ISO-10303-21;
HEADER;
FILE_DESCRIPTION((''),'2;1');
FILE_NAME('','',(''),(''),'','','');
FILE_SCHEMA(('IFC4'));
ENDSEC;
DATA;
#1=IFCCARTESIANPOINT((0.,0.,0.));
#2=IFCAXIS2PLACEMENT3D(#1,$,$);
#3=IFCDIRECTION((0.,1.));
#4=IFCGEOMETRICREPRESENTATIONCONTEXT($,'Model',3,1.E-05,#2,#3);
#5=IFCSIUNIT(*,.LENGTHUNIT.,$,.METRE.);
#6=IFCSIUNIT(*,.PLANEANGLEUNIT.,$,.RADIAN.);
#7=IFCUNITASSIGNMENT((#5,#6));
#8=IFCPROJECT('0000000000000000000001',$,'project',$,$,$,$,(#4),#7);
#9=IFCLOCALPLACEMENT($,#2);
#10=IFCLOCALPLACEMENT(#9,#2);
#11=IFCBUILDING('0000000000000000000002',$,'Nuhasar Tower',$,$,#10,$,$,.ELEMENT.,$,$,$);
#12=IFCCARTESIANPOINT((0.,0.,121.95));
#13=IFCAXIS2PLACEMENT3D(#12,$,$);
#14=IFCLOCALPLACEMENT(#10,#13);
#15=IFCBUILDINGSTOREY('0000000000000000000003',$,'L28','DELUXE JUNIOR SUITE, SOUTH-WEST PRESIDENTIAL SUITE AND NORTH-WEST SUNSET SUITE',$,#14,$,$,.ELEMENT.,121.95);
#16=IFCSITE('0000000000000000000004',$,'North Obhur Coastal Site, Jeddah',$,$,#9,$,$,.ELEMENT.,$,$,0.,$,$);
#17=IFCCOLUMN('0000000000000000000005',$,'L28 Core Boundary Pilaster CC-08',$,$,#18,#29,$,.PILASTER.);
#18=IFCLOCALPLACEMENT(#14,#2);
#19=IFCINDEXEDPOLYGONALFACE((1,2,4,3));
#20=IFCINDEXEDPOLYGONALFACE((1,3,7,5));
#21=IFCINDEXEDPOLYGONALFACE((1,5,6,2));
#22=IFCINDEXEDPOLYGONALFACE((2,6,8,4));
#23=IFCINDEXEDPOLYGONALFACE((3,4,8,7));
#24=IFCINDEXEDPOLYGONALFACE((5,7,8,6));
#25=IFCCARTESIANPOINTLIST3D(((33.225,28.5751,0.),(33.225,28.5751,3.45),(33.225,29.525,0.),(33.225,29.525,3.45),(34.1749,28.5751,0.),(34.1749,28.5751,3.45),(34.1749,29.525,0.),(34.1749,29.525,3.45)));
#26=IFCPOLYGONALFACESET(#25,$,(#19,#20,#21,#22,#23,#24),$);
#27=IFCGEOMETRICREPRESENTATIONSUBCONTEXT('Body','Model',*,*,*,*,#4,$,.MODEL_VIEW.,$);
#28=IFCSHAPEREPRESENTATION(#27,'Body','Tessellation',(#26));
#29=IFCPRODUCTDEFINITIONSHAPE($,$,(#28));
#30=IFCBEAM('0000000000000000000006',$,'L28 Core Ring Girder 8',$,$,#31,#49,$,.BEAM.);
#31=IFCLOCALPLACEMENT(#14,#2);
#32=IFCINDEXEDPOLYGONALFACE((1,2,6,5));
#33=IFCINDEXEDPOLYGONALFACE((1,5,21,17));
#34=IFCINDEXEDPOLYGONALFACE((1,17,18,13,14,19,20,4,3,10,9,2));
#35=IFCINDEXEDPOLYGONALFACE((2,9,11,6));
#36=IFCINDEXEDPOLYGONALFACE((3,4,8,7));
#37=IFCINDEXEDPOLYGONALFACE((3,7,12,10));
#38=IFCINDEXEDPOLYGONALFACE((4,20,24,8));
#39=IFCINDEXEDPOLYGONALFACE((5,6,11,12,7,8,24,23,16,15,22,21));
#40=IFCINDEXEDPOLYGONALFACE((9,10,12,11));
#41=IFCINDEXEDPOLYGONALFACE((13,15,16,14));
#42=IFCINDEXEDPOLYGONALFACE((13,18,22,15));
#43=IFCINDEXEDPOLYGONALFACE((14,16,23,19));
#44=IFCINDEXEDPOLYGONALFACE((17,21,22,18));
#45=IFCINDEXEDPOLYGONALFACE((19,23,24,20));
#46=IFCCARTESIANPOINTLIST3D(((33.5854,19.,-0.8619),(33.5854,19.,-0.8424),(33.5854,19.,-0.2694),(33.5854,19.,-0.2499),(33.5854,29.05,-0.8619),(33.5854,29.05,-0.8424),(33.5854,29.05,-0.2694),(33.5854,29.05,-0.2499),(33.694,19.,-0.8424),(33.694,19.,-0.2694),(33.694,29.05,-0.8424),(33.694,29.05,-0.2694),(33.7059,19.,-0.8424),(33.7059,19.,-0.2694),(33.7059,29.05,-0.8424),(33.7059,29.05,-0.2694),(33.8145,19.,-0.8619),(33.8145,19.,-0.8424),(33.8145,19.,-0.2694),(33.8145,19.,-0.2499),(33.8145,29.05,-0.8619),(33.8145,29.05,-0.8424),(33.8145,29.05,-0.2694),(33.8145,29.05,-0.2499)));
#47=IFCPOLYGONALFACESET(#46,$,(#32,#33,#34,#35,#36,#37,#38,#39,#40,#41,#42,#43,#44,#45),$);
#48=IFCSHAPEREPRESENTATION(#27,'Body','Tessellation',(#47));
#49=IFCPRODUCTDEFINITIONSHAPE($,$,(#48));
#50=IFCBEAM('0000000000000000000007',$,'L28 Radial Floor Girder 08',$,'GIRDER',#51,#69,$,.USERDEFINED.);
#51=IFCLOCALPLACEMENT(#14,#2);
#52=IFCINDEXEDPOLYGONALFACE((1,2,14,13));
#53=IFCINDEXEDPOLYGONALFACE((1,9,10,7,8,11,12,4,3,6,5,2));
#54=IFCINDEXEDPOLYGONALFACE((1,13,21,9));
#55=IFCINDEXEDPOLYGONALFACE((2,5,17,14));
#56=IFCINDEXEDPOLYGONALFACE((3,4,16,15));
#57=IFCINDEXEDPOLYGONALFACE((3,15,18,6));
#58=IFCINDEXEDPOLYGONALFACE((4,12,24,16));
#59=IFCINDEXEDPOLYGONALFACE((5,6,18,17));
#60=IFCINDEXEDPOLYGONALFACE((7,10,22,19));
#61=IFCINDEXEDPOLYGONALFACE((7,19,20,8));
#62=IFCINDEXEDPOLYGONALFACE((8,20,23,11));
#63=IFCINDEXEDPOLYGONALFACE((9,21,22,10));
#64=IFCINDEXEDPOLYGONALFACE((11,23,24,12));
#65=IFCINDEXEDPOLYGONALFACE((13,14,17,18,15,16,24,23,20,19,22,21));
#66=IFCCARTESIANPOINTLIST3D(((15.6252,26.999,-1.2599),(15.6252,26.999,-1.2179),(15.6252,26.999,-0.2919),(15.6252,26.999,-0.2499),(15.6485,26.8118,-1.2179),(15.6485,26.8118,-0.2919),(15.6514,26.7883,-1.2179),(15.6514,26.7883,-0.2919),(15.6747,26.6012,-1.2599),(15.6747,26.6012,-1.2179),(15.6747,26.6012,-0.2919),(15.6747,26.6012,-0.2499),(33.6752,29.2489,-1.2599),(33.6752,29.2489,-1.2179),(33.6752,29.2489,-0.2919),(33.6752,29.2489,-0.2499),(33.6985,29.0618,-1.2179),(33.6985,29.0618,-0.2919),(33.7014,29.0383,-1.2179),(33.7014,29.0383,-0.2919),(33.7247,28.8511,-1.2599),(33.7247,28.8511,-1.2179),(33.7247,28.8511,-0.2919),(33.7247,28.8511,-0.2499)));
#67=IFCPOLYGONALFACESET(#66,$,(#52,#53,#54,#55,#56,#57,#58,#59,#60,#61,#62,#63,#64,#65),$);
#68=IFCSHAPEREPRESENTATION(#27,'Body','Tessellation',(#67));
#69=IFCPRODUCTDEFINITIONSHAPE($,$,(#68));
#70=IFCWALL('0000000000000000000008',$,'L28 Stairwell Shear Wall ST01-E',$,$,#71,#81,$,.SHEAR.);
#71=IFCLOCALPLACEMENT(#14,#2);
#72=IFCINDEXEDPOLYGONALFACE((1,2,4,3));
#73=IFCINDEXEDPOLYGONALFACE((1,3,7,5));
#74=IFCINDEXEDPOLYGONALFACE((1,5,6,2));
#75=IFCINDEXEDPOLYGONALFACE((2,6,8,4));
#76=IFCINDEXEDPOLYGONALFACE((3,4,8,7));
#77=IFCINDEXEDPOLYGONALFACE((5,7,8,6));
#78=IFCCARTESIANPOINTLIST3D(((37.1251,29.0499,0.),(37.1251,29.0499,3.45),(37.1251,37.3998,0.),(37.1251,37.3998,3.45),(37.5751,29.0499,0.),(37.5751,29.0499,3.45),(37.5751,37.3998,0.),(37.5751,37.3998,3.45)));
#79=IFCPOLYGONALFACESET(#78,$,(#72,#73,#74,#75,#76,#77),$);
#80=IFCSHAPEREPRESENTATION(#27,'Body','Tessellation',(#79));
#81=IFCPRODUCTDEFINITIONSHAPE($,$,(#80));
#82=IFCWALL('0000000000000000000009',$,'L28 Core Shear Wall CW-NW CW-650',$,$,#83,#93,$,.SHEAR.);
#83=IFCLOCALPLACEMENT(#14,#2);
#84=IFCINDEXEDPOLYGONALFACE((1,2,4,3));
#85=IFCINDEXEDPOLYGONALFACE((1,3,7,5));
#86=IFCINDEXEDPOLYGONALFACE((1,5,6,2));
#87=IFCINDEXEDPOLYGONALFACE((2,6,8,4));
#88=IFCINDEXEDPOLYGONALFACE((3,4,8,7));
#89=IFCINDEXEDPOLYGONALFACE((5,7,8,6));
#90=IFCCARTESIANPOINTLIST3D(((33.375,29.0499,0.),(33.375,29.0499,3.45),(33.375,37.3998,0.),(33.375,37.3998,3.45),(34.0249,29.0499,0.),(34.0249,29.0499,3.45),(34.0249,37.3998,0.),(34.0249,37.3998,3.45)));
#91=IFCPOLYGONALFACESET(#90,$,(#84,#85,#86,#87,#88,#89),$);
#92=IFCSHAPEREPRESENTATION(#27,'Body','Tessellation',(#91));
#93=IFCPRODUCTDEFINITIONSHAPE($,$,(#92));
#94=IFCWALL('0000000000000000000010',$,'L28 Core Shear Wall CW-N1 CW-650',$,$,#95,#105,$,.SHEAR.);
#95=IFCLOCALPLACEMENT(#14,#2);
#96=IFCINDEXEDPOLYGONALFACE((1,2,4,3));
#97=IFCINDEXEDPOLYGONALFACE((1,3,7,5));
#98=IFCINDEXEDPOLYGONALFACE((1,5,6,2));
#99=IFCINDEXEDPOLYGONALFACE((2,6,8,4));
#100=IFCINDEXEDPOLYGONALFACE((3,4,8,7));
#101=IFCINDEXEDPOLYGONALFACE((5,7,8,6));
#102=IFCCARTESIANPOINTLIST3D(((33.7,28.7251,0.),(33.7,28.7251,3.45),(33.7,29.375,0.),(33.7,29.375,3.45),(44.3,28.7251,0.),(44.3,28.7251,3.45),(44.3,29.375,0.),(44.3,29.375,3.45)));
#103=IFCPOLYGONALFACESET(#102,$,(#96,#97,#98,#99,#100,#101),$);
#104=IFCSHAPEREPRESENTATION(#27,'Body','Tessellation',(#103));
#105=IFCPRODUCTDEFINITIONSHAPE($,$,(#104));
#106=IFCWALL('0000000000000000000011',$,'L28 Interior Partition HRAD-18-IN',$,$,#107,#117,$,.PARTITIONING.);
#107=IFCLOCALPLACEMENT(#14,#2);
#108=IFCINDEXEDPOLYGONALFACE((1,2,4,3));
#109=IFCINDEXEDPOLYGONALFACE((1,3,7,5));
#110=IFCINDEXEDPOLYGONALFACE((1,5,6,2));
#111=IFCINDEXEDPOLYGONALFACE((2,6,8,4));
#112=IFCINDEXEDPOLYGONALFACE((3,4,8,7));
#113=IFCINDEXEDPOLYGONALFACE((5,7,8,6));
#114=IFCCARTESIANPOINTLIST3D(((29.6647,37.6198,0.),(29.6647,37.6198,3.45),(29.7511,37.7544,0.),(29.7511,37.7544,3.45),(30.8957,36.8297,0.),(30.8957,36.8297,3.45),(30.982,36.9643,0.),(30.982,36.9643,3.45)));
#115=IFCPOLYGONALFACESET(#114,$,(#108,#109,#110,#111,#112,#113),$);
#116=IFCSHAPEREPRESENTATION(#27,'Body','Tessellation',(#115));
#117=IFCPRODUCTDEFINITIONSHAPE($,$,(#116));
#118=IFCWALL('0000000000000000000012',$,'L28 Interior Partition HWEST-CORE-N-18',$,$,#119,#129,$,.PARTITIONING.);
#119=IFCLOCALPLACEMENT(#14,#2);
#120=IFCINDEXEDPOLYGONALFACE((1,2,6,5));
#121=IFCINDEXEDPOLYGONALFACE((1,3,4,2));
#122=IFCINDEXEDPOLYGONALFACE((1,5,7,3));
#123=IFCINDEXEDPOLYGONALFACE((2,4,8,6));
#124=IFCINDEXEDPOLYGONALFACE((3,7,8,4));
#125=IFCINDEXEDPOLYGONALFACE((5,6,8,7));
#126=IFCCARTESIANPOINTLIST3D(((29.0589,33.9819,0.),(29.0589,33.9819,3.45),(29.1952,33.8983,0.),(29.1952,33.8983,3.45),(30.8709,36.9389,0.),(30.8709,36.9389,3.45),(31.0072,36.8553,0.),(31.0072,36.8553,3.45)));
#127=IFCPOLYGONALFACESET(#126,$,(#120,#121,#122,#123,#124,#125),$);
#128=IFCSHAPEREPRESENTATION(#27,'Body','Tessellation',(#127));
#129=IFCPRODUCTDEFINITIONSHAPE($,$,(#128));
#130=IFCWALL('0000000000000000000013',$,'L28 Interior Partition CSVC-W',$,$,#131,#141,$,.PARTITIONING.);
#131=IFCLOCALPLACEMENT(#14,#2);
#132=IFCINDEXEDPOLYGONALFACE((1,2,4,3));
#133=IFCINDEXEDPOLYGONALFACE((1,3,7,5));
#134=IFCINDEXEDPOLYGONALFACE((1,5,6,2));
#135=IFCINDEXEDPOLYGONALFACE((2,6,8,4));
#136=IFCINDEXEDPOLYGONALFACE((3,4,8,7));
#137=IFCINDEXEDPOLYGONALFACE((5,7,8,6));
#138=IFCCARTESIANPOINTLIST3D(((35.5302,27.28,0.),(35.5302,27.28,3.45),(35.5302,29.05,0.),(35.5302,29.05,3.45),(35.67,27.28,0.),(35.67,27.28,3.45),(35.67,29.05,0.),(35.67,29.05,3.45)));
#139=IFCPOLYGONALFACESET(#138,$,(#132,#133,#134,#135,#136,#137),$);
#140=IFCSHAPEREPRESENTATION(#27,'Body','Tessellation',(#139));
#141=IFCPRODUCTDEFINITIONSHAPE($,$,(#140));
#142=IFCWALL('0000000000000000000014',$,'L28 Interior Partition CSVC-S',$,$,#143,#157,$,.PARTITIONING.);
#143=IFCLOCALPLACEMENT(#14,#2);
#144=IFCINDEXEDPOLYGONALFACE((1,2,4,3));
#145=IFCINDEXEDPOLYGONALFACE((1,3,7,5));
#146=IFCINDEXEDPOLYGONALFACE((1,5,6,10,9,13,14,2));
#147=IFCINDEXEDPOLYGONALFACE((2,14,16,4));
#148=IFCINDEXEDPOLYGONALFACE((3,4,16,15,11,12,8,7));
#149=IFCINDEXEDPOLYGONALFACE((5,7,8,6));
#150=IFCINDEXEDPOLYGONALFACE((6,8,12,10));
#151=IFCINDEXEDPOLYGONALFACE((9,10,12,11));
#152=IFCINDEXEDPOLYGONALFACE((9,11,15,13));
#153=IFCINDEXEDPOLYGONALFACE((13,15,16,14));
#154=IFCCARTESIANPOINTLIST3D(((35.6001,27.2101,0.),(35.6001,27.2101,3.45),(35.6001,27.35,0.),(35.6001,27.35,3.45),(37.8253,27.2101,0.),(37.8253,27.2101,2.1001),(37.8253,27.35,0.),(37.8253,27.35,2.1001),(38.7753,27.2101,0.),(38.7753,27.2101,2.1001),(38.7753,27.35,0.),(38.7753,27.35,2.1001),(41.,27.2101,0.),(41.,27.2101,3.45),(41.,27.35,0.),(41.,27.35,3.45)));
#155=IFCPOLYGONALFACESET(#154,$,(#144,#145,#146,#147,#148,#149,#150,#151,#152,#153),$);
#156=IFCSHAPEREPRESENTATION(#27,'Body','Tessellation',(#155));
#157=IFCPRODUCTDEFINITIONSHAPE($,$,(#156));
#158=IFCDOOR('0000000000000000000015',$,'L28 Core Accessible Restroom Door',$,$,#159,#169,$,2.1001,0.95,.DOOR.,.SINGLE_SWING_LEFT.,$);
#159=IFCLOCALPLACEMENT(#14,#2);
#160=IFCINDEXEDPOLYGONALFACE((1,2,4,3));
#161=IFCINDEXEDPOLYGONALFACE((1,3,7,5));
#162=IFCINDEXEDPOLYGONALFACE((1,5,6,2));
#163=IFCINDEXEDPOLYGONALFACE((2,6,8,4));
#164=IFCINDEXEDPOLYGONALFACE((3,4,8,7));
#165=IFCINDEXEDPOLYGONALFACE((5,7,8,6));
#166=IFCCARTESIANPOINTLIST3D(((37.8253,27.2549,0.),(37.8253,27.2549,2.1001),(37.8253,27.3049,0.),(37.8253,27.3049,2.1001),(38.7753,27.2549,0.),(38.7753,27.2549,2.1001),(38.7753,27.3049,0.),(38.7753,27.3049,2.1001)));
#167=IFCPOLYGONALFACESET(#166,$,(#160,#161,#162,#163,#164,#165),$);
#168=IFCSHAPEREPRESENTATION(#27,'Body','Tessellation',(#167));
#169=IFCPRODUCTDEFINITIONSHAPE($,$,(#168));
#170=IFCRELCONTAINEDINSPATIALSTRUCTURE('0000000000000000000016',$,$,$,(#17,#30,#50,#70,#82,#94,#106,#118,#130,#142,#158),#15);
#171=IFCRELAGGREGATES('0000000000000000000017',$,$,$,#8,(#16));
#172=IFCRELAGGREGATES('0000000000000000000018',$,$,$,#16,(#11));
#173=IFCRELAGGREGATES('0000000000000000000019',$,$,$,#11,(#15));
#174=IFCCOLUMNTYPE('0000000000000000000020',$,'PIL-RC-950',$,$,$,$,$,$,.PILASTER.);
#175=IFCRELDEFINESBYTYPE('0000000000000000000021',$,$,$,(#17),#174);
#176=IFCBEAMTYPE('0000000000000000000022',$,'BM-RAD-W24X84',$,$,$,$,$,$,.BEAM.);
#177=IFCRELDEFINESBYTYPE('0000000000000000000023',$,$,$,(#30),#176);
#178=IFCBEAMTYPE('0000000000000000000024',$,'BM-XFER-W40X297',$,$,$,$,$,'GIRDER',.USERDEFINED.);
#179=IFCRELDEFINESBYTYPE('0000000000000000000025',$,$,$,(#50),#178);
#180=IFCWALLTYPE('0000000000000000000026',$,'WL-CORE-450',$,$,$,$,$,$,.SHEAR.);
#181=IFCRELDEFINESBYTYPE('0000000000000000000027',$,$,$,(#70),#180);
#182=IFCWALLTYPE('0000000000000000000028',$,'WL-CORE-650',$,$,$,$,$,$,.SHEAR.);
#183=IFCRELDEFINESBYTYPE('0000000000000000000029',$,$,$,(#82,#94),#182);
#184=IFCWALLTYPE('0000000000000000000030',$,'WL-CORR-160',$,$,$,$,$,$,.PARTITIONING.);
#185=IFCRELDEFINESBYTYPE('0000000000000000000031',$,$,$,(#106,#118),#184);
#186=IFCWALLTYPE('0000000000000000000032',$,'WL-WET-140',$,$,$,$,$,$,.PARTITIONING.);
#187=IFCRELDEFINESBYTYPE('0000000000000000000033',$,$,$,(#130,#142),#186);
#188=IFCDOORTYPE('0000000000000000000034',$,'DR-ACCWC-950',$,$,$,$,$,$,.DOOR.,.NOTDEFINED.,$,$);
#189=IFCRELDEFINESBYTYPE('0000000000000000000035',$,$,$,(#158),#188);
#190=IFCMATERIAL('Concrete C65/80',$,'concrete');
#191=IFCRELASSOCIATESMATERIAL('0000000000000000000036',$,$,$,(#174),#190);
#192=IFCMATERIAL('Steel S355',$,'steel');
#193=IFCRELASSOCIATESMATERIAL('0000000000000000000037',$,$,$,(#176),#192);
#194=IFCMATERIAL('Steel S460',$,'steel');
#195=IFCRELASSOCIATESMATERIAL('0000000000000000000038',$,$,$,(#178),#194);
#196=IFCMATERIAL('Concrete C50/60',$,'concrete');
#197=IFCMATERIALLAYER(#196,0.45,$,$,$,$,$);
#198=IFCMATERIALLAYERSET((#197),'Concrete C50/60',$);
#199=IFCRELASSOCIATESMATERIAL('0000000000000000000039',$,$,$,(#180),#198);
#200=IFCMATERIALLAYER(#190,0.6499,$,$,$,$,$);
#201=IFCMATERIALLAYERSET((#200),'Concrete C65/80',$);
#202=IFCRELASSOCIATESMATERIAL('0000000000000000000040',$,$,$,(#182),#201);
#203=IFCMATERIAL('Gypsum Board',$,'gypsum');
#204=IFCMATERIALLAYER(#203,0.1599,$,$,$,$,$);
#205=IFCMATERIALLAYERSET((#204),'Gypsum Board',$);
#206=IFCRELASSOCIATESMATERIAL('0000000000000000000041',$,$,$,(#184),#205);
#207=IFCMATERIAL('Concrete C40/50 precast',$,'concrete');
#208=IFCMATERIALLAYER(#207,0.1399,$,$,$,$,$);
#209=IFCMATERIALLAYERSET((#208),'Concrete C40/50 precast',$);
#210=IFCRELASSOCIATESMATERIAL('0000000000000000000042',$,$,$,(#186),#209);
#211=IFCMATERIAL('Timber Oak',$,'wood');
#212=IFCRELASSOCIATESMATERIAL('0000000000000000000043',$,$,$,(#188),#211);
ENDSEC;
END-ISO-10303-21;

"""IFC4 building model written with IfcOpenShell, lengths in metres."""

from ifc_helpers import new_model, si_unit, direction, frame, frame_2d, origin, origin_2d, place, context, subcontext, project, spatial, rectangle, i_section, extrude, material, layer, layer_set, material_profile, profile_set, type_object, element, fill, save


model = new_model("IFC4")

# Units and contexts
model_context = context("Model", 3, precision=1e-05, world=origin(), true_north=direction((0.0, 1.0)))
body_context = subcontext(model_context, "Body", "Model", "MODEL_VIEW")
ifc_project = project(units=[si_unit("LENGTHUNIT", "METRE"), si_unit("PLANEANGLEUNIT", "RADIAN")], contexts=[model_context])

# Site, building, storey
site_placement = place(None, origin())
site = spatial("IfcSite", under=ifc_project, at=site_placement, Name="North Obhur Coastal Site, Jeddah", CompositionType="ELEMENT", RefElevation=0.0)
building_placement = place(site_placement, origin())
building = spatial("IfcBuilding", under=site, at=building_placement, Name="Nuhasar Tower", CompositionType="ELEMENT")
storey_placement = place(building_placement, frame((0.0, 0.0, 121.95)))
storey = spatial("IfcBuildingStorey", under=building, at=storey_placement, Name="L28", Description="DELUXE JUNIOR SUITE, SOUTH-WEST PRESIDENTIAL SUITE AND NORTH-WEST SUNSET SUITE", CompositionType="ELEMENT", Elevation=121.95)

# Column
ifc_material_1 = material(Name="Concrete C65/80", Category="concrete")
ifc_material_profile_1 = material_profile(ifc_material_1, rectangle(XDim=0.95, YDim=0.95, at=origin_2d()), Name="RC950X950")
ifc_profile_set_1 = profile_set([ifc_material_profile_1], Name="Concrete C65/80")
column_type = type_object("IfcColumnType", Name="PIL-RC-950", PredefinedType="PILASTER", material=ifc_profile_set_1)
column_placement = place(storey_placement, frame((33.7, 29.05, 0.0), z_axis=(0.0, 0.0, 1.0), x_axis=(1.0, 0.0, 0.0)))
element("IfcColumn", 1, at=column_placement, inside=storey, type_object=column_type, Name="L28 Core Boundary Pilaster CC-08", PredefinedType="PILASTER", context=body_context, shape_type="SweptSolid", body=[
    extrude(rectangle(XDim=0.95, YDim=0.95, at=origin_2d()), origin(), (0.0, 0.0, 1.0), 3.45),
])

# Beams
ifc_material_2 = material(Name="Steel S355", Category="steel")
ifc_material_profile_2 = material_profile(ifc_material_2, i_section(OverallWidth=0.229, OverallDepth=0.6121, WebThickness=0.012, FlangeThickness=0.0195, at=origin_2d()), Name="W24X84")
ifc_profile_set_2 = profile_set([ifc_material_profile_2], Name="Steel S355")
beam_type_1 = type_object("IfcBeamType", Name="BM-RAD-W24X84", PredefinedType="BEAM", material=ifc_profile_set_2)
beam_1_placement = place(storey_placement, frame((33.7, 29.05, -0.5559), z_axis=(0.0, -1.0, 0.0), x_axis=(1.0, 0.0, 0.0)))
element("IfcBeam", 2, at=beam_1_placement, inside=storey, type_object=beam_type_1, Name="L28 Core Ring Girder 8", PredefinedType="BEAM", context=body_context, shape_type="SweptSolid", body=[
    extrude(i_section(OverallWidth=0.229, OverallDepth=0.6121, WebThickness=0.012, FlangeThickness=0.0195, at=origin_2d()), origin(), (0.0, 0.0, 1.0), 10.05),
])
ifc_material_3 = material(Name="Steel S460", Category="steel")
ifc_material_profile_3 = material_profile(ifc_material_3, i_section(OverallWidth=0.4009, OverallDepth=1.01, WebThickness=0.0237, FlangeThickness=0.042, at=origin_2d()), Name="W40X297")
ifc_profile_set_3 = profile_set([ifc_material_profile_3], Name="Steel S460")
beam_type_2 = type_object("IfcBeamType", Name="BM-XFER-W40X297", ElementType="GIRDER", PredefinedType="USERDEFINED", material=ifc_profile_set_3)
beam_2_placement = place(storey_placement, frame((33.7, 29.05, -0.7549), z_axis=(-0.99232, -0.123696, 0.0), x_axis=(0.123696, -0.99232, 0.0)))
element("IfcBeam", 3, at=beam_2_placement, inside=storey, type_object=beam_type_2, Name="L28 Radial Floor Girder 08", ObjectType="GIRDER", PredefinedType="USERDEFINED", context=body_context, shape_type="SweptSolid", body=[
    extrude(i_section(OverallWidth=0.4009, OverallDepth=1.01, WebThickness=0.0237, FlangeThickness=0.042, at=origin_2d()), origin(), (0.0, 0.0, 1.0), 18.1897),
])

# Walls
ifc_material_4 = material(Name="Concrete C50/60", Category="concrete")
ifc_layer_1 = layer(ifc_material_4, 0.45)
ifc_layer_set_1 = layer_set([ifc_layer_1], Name="Concrete C50/60")
wall_type_1 = type_object("IfcWallType", Name="WL-CORE-450", PredefinedType="SHEAR", material=ifc_layer_set_1)
wall_1_placement = place(storey_placement, frame((37.3501, 29.05, 0.0), z_axis=(0.0, 0.0, 1.0), x_axis=(0.0, 1.0, 0.0)))
element("IfcWall", 4, at=wall_1_placement, inside=storey, type_object=wall_type_1, Name="L28 Stairwell Shear Wall ST01-E", PredefinedType="SHEAR", context=body_context, shape_type="SweptSolid", body=[
    extrude(rectangle(XDim=8.3499, YDim=0.45, at=frame_2d((4.1748, 0.0))), origin(), (0.0, 0.0, 1.0), 3.45),
])
ifc_layer_2 = layer(ifc_material_1, 0.6499)
ifc_layer_set_2 = layer_set([ifc_layer_2], Name="Concrete C65/80")
wall_type_2 = type_object("IfcWallType", Name="WL-CORE-650", PredefinedType="SHEAR", material=ifc_layer_set_2)
wall_2_placement = place(storey_placement, frame((33.7, 29.05, 0.0), z_axis=(0.0, 0.0, 1.0), x_axis=(0.0, 1.0, 0.0)))
element("IfcWall", 5, at=wall_2_placement, inside=storey, type_object=wall_type_2, Name="L28 Core Shear Wall CW-NW CW-650", PredefinedType="SHEAR", context=body_context, shape_type="SweptSolid", body=[
    extrude(rectangle(XDim=8.3499, YDim=0.6499, at=frame_2d((4.1748, 0.0))), origin(), (0.0, 0.0, 1.0), 3.45),
])
wall_3_placement = place(storey_placement, frame((33.7, 29.05, 0.0), z_axis=(0.0, 0.0, 1.0), x_axis=(1.0, 0.0, 0.0)))
element("IfcWall", 6, at=wall_3_placement, inside=storey, type_object=wall_type_2, Name="L28 Core Shear Wall CW-N1 CW-650", PredefinedType="SHEAR", context=body_context, shape_type="SweptSolid", body=[
    extrude(rectangle(XDim=10.6001, YDim=0.6499, at=frame_2d((5.3, 0.0))), origin(), (0.0, 0.0, 1.0), 3.45),
])
ifc_material_5 = material(Name="Gypsum Board", Category="gypsum")
ifc_layer_3 = layer(ifc_material_5, 0.1599)
ifc_layer_set_3 = layer_set([ifc_layer_3], Name="Gypsum Board")
wall_type_3 = type_object("IfcWallType", Name="WL-CORR-160", PredefinedType="PARTITIONING", material=ifc_layer_set_3)
wall_4_placement = place(storey_placement, frame((30.939, 36.897, 0.0), z_axis=(0.0, 0.0, 1.0), x_axis=(-0.84158, 0.540133, 0.0)))
element("IfcWall", 7, at=wall_4_placement, inside=storey, type_object=wall_type_3, Name="L28 Interior Partition HRAD-18-IN", PredefinedType="PARTITIONING", context=body_context, shape_type="SweptSolid", body=[
    extrude(rectangle(XDim=1.4626, YDim=0.1599, at=frame_2d((0.7314, 0.0))), origin(), (0.0, 0.0, 1.0), 3.45),
])
wall_5_placement = place(storey_placement, frame((30.939, 36.897, 0.0), z_axis=(0.0, 0.0, 1.0), x_axis=(-0.522486, -0.852648, 0.0)))
element("IfcWall", 8, at=wall_5_placement, inside=storey, type_object=wall_type_3, Name="L28 Interior Partition HWEST-CORE-N-18", PredefinedType="PARTITIONING", context=body_context, shape_type="SweptSolid", body=[
    extrude(rectangle(XDim=3.468, YDim=0.1599, at=frame_2d((1.7339, 0.0))), origin(), (0.0, 0.0, 1.0), 3.45),
])
ifc_material_6 = material(Name="Concrete C40/50 precast", Category="concrete")
ifc_layer_4 = layer(ifc_material_6, 0.1399)
ifc_layer_set_4 = layer_set([ifc_layer_4], Name="Concrete C40/50 precast")
wall_type_4 = type_object("IfcWallType", Name="WL-WET-140", PredefinedType="PARTITIONING", material=ifc_layer_set_4)
wall_6_placement = place(storey_placement, frame((35.6001, 27.28, 0.0), z_axis=(0.0, 0.0, 1.0), x_axis=(0.0, 1.0, 0.0)))
element("IfcWall", 9, at=wall_6_placement, inside=storey, type_object=wall_type_4, Name="L28 Interior Partition CSVC-W", PredefinedType="PARTITIONING", context=body_context, shape_type="SweptSolid", body=[
    extrude(rectangle(XDim=1.77, YDim=0.1399, at=frame_2d((0.885, 0.0))), origin(), (0.0, 0.0, 1.0), 3.45),
])

# Wall, opening, door
wall_7_placement = place(storey_placement, frame((35.6001, 27.28, 0.0), z_axis=(0.0, 0.0, 1.0), x_axis=(1.0, 0.0, 0.0)))
wall_7 = element("IfcWall", 10, at=wall_7_placement, inside=storey, type_object=wall_type_4, Name="L28 Interior Partition CSVC-S", PredefinedType="PARTITIONING", context=body_context, shape_type="SweptSolid", body=[
    extrude(rectangle(XDim=5.3999, YDim=0.1399, at=frame_2d((2.7, 0.0))), origin(), (0.0, 0.0, 1.0), 3.45),
])
opening_1_placement = place(wall_7_placement, frame((2.2251, 0.0, 0.0)))
opening_1 = element("IfcOpeningElement", 11, at=opening_1_placement, cuts=wall_7, PredefinedType="OPENING", context=body_context, shape_type="SweptSolid", body=[
    extrude(rectangle(XDim=0.95, YDim=2.1001, at=frame_2d((0.4751, 1.05))), frame((0.0, 0.0801, 0.0), z_axis=(0.0, -1.0, 0.0), x_axis=(1.0, 0.0, 0.0)), (0.0, 0.0, 1.0), 0.1599),
])
ifc_material_7 = material(Name="Timber Oak", Category="wood")
door_type_1 = type_object("IfcDoorType", Name="DR-ACCWC-950", OperationType="NOTDEFINED", PredefinedType="DOOR", material=ifc_material_7)
door_1_placement = place(opening_1_placement, origin())
door_1 = element("IfcDoor", 12, at=door_1_placement, inside=storey, type_object=door_type_1, Name="L28 Core Accessible Restroom Door", OperationType="SINGLE_SWING_LEFT", OverallHeight=2.1001, OverallWidth=0.95, PredefinedType="DOOR", context=body_context, shape_type="SweptSolid", body=[
    extrude(rectangle(XDim=0.95, YDim=2.1001, at=frame_2d((0.4751, 1.05))), frame((0.0, 0.0249, 0.0), z_axis=(0.0, -1.0, 0.0), x_axis=(1.0, 0.0, 0.0)), (0.0, 0.0, 1.0), 0.05),
])
fill(opening_1, door_1)

save(model, "model.ifc")
